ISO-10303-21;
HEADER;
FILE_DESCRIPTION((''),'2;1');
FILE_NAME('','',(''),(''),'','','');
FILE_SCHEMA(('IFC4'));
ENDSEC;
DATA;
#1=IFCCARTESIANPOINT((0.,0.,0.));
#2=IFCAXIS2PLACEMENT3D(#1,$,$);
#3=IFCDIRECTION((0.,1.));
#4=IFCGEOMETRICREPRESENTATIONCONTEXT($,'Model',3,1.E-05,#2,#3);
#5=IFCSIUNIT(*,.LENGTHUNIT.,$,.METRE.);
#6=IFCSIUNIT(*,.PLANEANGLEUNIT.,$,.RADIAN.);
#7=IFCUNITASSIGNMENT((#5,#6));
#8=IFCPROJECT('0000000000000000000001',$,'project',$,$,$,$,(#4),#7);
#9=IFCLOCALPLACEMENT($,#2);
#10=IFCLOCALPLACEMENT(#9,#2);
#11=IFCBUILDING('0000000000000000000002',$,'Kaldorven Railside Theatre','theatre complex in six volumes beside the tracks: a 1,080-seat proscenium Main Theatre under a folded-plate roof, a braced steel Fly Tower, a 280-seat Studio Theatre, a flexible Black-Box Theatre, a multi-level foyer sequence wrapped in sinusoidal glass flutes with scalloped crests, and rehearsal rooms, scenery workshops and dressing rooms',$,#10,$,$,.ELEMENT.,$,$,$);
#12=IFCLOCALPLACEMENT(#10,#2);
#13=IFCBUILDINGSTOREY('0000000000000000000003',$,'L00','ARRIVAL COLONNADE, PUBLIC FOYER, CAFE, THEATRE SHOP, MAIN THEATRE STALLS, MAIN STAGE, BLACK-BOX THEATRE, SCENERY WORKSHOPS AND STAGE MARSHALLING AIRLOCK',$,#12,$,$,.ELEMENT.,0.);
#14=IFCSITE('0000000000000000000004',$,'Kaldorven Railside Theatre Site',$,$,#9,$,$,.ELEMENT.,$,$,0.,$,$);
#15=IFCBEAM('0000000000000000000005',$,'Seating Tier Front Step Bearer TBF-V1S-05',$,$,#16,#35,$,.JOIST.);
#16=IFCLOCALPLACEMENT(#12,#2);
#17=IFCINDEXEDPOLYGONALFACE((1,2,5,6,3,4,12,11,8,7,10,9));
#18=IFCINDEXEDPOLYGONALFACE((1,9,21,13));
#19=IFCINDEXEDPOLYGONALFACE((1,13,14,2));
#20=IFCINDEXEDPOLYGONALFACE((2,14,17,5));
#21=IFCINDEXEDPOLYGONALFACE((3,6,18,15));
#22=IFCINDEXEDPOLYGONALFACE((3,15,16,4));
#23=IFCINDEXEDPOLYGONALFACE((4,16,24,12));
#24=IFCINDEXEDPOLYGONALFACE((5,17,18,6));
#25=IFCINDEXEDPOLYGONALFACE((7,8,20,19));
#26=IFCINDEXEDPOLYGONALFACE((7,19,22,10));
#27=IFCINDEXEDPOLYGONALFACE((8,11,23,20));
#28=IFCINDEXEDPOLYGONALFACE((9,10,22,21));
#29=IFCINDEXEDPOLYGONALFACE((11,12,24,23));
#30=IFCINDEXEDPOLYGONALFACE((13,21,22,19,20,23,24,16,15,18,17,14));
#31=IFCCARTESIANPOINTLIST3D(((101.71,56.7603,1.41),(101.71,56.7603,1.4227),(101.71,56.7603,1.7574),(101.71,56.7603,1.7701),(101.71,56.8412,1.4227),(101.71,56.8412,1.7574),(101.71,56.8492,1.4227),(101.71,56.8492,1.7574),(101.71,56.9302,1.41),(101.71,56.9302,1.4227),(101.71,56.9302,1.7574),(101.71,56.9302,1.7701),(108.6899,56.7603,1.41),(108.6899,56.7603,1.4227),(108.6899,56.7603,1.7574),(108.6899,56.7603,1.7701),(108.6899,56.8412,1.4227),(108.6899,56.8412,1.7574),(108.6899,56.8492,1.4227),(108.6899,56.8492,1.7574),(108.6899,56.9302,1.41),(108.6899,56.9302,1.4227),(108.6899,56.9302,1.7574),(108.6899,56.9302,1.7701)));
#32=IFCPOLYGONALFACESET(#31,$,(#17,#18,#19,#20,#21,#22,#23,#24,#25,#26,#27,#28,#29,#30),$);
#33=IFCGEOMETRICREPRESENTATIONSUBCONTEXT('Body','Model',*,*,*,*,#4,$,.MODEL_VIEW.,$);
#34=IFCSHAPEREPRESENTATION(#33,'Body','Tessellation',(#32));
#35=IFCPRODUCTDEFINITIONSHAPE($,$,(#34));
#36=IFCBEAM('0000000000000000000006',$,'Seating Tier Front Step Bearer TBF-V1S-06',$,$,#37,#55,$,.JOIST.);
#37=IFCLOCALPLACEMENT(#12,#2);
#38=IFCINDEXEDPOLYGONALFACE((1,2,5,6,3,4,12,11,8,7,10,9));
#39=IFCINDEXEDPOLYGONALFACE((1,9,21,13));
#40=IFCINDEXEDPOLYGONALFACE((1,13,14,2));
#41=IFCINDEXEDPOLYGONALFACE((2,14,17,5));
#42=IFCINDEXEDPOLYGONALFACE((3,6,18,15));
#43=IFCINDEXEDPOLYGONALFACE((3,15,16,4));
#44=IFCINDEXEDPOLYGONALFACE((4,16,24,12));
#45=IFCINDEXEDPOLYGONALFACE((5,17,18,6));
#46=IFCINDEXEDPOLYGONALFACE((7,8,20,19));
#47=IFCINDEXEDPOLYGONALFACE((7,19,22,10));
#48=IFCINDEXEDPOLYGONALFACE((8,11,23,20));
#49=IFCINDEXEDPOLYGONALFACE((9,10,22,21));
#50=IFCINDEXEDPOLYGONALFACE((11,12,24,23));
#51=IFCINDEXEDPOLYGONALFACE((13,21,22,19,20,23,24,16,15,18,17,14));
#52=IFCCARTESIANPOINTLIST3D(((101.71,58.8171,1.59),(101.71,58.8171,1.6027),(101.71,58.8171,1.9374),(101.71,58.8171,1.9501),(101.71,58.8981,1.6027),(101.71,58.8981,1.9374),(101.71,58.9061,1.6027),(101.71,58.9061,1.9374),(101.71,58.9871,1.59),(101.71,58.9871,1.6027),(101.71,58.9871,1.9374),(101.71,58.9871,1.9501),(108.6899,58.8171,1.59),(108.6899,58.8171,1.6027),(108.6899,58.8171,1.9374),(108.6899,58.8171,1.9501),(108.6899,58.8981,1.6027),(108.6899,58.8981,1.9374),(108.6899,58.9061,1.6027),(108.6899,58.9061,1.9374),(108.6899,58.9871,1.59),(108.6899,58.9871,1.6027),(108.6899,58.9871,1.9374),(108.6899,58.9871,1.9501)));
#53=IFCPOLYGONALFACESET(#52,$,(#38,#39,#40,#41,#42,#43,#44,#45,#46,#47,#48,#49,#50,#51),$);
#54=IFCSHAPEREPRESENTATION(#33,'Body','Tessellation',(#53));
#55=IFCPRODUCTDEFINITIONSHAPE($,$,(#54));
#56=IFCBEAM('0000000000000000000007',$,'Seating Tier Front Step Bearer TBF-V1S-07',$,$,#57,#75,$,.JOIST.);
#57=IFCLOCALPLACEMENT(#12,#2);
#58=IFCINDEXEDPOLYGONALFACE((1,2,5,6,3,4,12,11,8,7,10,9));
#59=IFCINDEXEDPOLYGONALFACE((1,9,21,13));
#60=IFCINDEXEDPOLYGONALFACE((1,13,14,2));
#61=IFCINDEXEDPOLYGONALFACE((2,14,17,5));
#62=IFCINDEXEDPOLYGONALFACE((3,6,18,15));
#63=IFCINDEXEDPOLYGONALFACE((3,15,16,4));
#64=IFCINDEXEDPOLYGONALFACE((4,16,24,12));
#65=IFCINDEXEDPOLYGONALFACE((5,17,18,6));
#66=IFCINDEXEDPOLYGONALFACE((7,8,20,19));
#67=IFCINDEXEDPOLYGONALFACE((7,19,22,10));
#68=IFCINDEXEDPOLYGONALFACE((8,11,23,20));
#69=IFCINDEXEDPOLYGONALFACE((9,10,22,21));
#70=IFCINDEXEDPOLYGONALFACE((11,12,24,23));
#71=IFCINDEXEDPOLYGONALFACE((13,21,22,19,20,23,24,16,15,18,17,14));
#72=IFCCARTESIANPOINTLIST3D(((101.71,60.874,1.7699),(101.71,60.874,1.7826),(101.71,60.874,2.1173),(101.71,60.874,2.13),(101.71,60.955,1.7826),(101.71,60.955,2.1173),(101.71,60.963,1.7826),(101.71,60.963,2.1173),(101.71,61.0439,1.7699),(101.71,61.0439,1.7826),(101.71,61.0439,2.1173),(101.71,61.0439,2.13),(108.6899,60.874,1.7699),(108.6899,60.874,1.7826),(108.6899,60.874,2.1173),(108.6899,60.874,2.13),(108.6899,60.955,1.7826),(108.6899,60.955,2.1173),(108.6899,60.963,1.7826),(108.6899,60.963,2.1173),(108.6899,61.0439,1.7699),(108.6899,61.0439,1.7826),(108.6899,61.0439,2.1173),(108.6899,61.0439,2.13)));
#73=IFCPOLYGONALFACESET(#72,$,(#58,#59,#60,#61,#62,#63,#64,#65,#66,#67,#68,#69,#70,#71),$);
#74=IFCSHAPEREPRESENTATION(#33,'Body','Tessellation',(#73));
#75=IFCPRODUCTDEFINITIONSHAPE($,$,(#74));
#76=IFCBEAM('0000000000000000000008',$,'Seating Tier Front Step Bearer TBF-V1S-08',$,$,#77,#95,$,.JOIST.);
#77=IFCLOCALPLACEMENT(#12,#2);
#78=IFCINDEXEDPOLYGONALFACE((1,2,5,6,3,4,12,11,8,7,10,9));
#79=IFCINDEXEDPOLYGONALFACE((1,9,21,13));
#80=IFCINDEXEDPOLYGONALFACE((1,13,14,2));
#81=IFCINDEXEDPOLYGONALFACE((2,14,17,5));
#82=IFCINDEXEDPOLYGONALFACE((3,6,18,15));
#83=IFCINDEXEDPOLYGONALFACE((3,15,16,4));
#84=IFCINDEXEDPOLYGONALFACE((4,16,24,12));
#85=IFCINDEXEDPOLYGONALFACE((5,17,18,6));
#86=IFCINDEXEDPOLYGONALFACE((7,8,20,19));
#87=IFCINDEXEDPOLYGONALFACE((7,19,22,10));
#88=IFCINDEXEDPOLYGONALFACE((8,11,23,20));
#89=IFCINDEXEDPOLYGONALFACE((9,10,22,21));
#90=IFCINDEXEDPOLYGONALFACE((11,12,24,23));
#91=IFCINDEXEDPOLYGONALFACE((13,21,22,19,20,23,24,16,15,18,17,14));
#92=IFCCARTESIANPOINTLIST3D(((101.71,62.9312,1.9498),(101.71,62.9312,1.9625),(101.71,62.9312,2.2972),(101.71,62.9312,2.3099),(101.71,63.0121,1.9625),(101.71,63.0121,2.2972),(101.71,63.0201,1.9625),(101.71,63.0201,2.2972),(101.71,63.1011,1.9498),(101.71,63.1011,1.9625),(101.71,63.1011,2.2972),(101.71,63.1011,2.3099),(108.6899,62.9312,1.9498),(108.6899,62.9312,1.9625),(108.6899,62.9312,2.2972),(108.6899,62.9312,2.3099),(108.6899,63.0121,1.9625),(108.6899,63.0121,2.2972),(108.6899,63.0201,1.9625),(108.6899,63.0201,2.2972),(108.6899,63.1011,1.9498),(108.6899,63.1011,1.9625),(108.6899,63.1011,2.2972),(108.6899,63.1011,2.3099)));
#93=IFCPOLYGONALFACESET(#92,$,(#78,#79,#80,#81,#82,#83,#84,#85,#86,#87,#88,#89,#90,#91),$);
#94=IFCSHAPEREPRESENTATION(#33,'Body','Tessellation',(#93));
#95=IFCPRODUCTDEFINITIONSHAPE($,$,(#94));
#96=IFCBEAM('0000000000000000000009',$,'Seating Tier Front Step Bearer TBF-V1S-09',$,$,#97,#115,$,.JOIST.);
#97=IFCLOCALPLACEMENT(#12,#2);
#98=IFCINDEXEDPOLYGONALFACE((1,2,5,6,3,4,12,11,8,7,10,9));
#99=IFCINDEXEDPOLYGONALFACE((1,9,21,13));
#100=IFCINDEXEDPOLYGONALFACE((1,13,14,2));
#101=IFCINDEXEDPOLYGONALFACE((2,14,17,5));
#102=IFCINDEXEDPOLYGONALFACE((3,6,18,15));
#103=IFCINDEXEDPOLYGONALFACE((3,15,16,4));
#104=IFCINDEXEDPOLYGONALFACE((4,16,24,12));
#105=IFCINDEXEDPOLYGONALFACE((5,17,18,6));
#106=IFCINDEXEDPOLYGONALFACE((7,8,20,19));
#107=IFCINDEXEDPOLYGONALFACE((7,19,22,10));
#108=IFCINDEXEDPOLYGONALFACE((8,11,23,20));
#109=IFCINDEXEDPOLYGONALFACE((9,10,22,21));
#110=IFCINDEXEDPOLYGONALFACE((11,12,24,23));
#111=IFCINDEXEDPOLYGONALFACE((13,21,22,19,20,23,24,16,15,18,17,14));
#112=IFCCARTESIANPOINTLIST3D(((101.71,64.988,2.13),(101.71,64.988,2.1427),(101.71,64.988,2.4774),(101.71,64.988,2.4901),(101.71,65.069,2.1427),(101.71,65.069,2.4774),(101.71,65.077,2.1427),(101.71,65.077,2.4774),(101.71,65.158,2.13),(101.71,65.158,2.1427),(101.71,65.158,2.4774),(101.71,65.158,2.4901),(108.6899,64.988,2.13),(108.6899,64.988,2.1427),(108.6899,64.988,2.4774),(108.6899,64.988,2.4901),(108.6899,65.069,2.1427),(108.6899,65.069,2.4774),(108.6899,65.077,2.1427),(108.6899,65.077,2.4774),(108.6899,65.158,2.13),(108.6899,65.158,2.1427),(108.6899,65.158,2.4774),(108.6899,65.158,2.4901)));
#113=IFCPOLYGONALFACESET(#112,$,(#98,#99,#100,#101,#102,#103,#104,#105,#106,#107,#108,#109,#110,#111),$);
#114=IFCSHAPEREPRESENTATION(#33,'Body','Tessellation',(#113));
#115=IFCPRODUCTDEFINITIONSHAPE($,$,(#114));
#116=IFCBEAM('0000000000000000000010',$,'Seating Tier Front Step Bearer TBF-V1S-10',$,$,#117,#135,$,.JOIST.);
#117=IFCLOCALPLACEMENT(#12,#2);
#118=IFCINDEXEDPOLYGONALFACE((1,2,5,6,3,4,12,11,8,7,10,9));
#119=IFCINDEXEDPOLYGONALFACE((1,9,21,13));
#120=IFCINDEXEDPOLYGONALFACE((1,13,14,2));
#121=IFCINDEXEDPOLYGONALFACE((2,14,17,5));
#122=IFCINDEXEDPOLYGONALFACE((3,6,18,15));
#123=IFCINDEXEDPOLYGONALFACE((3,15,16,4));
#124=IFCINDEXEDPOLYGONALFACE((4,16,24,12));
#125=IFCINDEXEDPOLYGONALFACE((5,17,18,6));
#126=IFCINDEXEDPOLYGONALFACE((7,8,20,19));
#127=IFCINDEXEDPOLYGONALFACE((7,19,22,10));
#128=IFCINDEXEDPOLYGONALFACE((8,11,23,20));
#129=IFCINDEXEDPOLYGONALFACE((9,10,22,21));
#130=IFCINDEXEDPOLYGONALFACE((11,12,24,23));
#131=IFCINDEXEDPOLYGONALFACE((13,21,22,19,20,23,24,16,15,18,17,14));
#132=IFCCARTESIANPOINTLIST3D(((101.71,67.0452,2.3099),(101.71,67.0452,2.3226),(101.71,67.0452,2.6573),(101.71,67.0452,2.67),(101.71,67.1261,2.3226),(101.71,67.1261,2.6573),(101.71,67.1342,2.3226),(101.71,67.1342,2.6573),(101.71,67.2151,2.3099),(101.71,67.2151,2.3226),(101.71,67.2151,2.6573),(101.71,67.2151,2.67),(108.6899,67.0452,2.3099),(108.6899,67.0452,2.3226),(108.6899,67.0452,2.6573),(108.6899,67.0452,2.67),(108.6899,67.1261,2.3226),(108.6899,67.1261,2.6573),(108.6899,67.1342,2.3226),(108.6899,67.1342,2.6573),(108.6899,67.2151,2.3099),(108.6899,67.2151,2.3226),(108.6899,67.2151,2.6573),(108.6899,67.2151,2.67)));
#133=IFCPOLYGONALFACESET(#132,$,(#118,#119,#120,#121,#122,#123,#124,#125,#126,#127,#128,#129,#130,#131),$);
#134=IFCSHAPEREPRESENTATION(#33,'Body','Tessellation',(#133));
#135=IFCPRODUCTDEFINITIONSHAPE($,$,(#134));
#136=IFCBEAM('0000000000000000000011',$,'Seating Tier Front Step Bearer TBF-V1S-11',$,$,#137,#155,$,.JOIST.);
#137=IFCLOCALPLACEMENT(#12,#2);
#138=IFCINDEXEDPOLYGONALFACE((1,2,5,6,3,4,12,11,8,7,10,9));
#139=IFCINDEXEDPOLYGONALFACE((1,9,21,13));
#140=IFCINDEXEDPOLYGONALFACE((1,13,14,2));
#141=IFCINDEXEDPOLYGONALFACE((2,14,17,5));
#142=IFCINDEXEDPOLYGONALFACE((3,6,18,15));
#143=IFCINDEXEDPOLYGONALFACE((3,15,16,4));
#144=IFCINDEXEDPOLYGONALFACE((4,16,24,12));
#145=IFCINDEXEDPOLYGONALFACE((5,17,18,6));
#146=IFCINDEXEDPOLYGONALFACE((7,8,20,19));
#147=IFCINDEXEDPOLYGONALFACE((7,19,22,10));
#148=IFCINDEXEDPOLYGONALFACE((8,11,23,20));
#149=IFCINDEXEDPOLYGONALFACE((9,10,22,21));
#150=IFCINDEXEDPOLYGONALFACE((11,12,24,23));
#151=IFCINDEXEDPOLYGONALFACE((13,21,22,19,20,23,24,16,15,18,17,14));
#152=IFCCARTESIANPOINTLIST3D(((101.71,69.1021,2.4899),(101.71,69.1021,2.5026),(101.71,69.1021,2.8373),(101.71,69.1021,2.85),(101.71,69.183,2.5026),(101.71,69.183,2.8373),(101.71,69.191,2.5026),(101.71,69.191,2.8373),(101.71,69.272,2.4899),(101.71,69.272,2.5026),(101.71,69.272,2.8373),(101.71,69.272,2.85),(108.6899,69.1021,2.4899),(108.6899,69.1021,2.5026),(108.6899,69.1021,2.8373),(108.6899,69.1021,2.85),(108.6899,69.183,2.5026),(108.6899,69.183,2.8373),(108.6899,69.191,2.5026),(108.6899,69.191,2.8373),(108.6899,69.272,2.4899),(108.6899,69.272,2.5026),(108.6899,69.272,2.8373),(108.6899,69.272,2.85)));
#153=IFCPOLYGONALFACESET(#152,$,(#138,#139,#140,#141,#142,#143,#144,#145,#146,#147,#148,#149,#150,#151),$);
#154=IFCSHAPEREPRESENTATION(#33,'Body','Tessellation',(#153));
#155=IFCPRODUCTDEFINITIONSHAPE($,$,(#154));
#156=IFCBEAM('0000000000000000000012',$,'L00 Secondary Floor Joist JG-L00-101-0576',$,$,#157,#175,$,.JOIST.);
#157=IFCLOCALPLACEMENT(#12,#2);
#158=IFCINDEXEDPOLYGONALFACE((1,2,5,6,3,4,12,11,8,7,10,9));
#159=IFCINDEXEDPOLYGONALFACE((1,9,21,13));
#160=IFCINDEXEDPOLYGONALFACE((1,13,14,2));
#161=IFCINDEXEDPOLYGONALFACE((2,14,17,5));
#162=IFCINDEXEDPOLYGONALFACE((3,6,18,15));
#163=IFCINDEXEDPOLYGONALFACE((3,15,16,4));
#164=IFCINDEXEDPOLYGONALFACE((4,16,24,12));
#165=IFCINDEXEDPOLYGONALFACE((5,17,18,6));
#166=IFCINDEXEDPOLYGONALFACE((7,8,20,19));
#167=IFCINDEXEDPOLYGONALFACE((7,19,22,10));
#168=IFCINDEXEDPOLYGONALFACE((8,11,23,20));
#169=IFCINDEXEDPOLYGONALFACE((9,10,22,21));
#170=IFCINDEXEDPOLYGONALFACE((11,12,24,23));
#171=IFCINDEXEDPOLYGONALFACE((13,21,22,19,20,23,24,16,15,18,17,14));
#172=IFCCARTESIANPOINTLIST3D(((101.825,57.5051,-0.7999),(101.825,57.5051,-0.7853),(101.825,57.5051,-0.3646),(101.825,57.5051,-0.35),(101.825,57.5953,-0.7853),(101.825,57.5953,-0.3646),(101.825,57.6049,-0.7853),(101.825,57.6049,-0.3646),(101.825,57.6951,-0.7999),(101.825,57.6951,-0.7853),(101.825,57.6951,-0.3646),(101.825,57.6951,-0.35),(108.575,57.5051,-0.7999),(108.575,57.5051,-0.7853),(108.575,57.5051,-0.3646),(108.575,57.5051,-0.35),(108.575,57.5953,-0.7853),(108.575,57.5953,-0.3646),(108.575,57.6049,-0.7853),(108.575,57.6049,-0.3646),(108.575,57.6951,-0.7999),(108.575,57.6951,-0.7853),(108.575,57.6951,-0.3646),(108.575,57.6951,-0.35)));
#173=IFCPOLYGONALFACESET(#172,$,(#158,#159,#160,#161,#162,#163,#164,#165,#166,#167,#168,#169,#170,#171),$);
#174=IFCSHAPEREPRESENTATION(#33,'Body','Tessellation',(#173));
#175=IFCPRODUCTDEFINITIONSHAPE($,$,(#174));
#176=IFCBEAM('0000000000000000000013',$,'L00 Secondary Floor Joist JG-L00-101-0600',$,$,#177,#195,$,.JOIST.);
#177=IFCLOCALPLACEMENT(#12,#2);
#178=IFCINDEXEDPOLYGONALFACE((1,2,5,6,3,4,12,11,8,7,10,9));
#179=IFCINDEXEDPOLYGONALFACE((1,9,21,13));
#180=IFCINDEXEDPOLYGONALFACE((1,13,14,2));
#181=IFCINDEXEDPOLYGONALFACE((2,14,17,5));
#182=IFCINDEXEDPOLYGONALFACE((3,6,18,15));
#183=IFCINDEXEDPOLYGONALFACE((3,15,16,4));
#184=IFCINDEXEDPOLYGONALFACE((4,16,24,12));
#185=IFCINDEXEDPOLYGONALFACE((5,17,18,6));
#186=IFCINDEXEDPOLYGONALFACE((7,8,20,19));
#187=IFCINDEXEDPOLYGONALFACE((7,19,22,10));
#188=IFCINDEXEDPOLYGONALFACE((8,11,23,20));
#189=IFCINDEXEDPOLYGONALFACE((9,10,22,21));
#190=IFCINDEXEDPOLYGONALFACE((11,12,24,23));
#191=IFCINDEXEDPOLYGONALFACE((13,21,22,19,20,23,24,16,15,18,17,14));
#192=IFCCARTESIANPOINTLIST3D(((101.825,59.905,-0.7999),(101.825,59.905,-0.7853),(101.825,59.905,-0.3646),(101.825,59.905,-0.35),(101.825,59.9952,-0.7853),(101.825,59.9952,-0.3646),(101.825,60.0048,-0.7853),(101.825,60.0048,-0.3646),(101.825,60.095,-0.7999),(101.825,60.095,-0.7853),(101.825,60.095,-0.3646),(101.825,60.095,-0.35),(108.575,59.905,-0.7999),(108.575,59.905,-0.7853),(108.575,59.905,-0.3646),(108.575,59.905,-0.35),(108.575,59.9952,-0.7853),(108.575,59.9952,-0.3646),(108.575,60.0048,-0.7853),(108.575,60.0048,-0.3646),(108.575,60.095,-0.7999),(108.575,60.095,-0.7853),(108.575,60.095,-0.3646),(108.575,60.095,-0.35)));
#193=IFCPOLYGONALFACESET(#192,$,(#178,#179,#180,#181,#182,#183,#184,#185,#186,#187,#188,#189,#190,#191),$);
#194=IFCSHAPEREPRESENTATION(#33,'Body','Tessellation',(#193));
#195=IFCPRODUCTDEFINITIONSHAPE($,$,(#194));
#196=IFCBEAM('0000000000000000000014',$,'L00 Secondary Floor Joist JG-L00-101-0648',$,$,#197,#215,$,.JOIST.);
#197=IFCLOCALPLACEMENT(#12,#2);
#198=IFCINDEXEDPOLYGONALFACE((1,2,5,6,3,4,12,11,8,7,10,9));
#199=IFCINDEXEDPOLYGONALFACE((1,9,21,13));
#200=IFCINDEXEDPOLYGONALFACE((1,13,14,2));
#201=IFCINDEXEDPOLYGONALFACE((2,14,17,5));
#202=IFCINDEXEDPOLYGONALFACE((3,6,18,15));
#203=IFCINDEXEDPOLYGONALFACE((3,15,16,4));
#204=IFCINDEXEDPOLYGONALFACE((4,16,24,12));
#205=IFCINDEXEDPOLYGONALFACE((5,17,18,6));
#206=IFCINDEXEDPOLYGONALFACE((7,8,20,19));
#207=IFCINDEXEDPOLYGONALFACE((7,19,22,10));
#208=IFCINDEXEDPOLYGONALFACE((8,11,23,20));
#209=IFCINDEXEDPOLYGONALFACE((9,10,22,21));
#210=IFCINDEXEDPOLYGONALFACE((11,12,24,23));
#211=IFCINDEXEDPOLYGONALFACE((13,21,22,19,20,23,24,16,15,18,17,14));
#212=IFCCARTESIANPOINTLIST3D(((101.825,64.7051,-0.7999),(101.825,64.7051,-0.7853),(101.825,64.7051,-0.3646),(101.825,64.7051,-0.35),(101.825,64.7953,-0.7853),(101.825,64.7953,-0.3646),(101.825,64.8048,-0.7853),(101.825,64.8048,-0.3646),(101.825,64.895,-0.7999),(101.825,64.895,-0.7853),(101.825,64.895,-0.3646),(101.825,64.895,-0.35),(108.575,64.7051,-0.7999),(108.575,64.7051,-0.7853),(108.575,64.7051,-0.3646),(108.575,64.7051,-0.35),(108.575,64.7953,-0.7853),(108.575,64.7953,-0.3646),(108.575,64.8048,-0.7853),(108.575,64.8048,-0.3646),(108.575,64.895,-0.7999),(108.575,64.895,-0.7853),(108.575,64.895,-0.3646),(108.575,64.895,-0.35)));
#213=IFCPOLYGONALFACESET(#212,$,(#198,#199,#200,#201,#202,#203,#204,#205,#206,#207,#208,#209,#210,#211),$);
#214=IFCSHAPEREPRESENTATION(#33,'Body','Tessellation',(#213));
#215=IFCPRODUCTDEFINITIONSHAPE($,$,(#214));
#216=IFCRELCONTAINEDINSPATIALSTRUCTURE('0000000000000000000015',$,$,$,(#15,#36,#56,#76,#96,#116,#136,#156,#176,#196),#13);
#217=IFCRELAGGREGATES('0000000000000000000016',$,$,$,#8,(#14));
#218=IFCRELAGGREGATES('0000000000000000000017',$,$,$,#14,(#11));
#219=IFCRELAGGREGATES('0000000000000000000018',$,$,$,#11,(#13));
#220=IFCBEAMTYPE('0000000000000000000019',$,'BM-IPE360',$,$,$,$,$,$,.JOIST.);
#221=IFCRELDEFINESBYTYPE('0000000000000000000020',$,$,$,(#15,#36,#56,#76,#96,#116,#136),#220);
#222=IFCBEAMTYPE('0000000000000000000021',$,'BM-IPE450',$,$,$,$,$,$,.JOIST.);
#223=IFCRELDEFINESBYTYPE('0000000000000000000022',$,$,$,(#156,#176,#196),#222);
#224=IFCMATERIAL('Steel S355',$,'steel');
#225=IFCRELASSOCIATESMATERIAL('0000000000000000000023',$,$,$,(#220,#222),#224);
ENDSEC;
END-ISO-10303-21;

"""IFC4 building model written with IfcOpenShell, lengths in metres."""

from ifc_helpers import new_model, si_unit, direction, frame, origin, origin_2d, place, context, subcontext, project, spatial, i_section, extrude, material, material_profile, profile_set, type_object, element, save


model = new_model("IFC4")

# Units and contexts
model_context = context("Model", 3, precision=1e-05, world=origin(), true_north=direction((0.0, 1.0)))
body_context = subcontext(model_context, "Body", "Model", "MODEL_VIEW")
ifc_project = project(units=[si_unit("LENGTHUNIT", "METRE"), si_unit("PLANEANGLEUNIT", "RADIAN")], contexts=[model_context])

# Site, building, storey
site_placement = place(None, origin())
site = spatial("IfcSite", under=ifc_project, at=site_placement, Name="Kaldorven Railside Theatre Site", CompositionType="ELEMENT", RefElevation=0.0)
building_placement = place(site_placement, origin())
building = spatial("IfcBuilding", under=site, at=building_placement, Name="Kaldorven Railside Theatre", Description="theatre complex in six volumes beside the tracks: a 1,080-seat proscenium Main Theatre under a folded-plate roof, a braced steel Fly Tower, a 280-seat Studio Theatre, a flexible Black-Box Theatre, a multi-level foyer sequence wrapped in sinusoidal glass flutes with scalloped crests, and rehearsal rooms, scenery workshops and dressing rooms", CompositionType="ELEMENT")
storey_placement = place(building_placement, origin())
storey = spatial("IfcBuildingStorey", under=building, at=storey_placement, Name="L00", Description="ARRIVAL COLONNADE, PUBLIC FOYER, CAFE, THEATRE SHOP, MAIN THEATRE STALLS, MAIN STAGE, BLACK-BOX THEATRE, SCENERY WORKSHOPS AND STAGE MARSHALLING AIRLOCK", CompositionType="ELEMENT", Elevation=0.0)

# Shared definitions
ifc_material_1 = material(Name="Steel S355", Category="steel")

# Beams
ifc_material_profile_1 = material_profile(ifc_material_1, i_section(OverallWidth=0.1699, OverallDepth=0.3601, WebThickness=0.0081, FlangeThickness=0.0127, at=origin_2d()), Name="IPE 360")
ifc_profile_set_1 = profile_set([ifc_material_profile_1], Name="Steel S355")
beam_type_1 = type_object("IfcBeamType", Name="BM-IPE360", PredefinedType="JOIST", material=ifc_profile_set_1)
for number, where, z_axis, x_axis, name in (
    (1, (101.71, 56.8452, 1.5901), (1.0, 0.0, 0.0), (0.0, 1.0, 0.0), "Seating Tier Front Step Bearer TBF-V1S-05"),
    (2, (101.71, 58.9021, 1.77), (1.0, 0.0, 0.0), (0.0, 1.0, 0.0), "Seating Tier Front Step Bearer TBF-V1S-06"),
    (3, (101.71, 60.959, 1.95), (1.0, 0.0, 0.0), (0.0, 1.0, 0.0), "Seating Tier Front Step Bearer TBF-V1S-07"),
    (4, (101.71, 63.0161, 2.1299), (1.0, 0.0, 0.0), (0.0, 1.0, 0.0), "Seating Tier Front Step Bearer TBF-V1S-08"),
    (5, (101.71, 65.073, 2.3101), (1.0, 0.0, 0.0), (0.0, 1.0, 0.0), "Seating Tier Front Step Bearer TBF-V1S-09"),
    (6, (101.71, 67.1301, 2.49), (1.0, 0.0, 0.0), (0.0, 1.0, 0.0), "Seating Tier Front Step Bearer TBF-V1S-10"),
    (7, (101.71, 69.187, 2.6699), (1.0, 0.0, 0.0), (0.0, 1.0, 0.0), "Seating Tier Front Step Bearer TBF-V1S-11"),
):
    element("IfcBeam", number, at=place(storey_placement, frame(where, z_axis=z_axis, x_axis=x_axis)), inside=storey, type_object=beam_type_1, Name=name, PredefinedType="JOIST", context=body_context, shape_type="SweptSolid", body=[
        extrude(i_section(OverallWidth=0.1699, OverallDepth=0.3601, WebThickness=0.0081, FlangeThickness=0.0127, at=origin_2d()), origin(), (0.0, 0.0, 1.0), 6.98),
    ])
ifc_material_profile_2 = material_profile(ifc_material_1, i_section(OverallWidth=0.1899, OverallDepth=0.45, WebThickness=0.0095, FlangeThickness=0.0146, at=origin_2d()), Name="IPE 450")
ifc_profile_set_2 = profile_set([ifc_material_profile_2], Name="Steel S355")
beam_type_2 = type_object("IfcBeamType", Name="BM-IPE450", PredefinedType="JOIST", material=ifc_profile_set_2)
for number, where, z_axis, x_axis, name in (
    (8, (101.825, 57.6001, -0.575), (1.0, 0.0, 0.0), (0.0, 1.0, 0.0), "L00 Secondary Floor Joist JG-L00-101-0576"),
    (9, (101.825, 60.0, -0.575), (1.0, 0.0, 0.0), (0.0, 1.0, 0.0), "L00 Secondary Floor Joist JG-L00-101-0600"),
    (10, (101.825, 64.8, -0.575), (1.0, 0.0, 0.0), (0.0, 1.0, 0.0), "L00 Secondary Floor Joist JG-L00-101-0648"),
):
    element("IfcBeam", number, at=place(storey_placement, frame(where, z_axis=z_axis, x_axis=x_axis)), inside=storey, type_object=beam_type_2, Name=name, PredefinedType="JOIST", context=body_context, shape_type="SweptSolid", body=[
        extrude(i_section(OverallWidth=0.1899, OverallDepth=0.45, WebThickness=0.0095, FlangeThickness=0.0146, at=origin_2d()), origin(), (0.0, 0.0, 1.0), 6.75),
    ])

save(model, "model.ifc")
